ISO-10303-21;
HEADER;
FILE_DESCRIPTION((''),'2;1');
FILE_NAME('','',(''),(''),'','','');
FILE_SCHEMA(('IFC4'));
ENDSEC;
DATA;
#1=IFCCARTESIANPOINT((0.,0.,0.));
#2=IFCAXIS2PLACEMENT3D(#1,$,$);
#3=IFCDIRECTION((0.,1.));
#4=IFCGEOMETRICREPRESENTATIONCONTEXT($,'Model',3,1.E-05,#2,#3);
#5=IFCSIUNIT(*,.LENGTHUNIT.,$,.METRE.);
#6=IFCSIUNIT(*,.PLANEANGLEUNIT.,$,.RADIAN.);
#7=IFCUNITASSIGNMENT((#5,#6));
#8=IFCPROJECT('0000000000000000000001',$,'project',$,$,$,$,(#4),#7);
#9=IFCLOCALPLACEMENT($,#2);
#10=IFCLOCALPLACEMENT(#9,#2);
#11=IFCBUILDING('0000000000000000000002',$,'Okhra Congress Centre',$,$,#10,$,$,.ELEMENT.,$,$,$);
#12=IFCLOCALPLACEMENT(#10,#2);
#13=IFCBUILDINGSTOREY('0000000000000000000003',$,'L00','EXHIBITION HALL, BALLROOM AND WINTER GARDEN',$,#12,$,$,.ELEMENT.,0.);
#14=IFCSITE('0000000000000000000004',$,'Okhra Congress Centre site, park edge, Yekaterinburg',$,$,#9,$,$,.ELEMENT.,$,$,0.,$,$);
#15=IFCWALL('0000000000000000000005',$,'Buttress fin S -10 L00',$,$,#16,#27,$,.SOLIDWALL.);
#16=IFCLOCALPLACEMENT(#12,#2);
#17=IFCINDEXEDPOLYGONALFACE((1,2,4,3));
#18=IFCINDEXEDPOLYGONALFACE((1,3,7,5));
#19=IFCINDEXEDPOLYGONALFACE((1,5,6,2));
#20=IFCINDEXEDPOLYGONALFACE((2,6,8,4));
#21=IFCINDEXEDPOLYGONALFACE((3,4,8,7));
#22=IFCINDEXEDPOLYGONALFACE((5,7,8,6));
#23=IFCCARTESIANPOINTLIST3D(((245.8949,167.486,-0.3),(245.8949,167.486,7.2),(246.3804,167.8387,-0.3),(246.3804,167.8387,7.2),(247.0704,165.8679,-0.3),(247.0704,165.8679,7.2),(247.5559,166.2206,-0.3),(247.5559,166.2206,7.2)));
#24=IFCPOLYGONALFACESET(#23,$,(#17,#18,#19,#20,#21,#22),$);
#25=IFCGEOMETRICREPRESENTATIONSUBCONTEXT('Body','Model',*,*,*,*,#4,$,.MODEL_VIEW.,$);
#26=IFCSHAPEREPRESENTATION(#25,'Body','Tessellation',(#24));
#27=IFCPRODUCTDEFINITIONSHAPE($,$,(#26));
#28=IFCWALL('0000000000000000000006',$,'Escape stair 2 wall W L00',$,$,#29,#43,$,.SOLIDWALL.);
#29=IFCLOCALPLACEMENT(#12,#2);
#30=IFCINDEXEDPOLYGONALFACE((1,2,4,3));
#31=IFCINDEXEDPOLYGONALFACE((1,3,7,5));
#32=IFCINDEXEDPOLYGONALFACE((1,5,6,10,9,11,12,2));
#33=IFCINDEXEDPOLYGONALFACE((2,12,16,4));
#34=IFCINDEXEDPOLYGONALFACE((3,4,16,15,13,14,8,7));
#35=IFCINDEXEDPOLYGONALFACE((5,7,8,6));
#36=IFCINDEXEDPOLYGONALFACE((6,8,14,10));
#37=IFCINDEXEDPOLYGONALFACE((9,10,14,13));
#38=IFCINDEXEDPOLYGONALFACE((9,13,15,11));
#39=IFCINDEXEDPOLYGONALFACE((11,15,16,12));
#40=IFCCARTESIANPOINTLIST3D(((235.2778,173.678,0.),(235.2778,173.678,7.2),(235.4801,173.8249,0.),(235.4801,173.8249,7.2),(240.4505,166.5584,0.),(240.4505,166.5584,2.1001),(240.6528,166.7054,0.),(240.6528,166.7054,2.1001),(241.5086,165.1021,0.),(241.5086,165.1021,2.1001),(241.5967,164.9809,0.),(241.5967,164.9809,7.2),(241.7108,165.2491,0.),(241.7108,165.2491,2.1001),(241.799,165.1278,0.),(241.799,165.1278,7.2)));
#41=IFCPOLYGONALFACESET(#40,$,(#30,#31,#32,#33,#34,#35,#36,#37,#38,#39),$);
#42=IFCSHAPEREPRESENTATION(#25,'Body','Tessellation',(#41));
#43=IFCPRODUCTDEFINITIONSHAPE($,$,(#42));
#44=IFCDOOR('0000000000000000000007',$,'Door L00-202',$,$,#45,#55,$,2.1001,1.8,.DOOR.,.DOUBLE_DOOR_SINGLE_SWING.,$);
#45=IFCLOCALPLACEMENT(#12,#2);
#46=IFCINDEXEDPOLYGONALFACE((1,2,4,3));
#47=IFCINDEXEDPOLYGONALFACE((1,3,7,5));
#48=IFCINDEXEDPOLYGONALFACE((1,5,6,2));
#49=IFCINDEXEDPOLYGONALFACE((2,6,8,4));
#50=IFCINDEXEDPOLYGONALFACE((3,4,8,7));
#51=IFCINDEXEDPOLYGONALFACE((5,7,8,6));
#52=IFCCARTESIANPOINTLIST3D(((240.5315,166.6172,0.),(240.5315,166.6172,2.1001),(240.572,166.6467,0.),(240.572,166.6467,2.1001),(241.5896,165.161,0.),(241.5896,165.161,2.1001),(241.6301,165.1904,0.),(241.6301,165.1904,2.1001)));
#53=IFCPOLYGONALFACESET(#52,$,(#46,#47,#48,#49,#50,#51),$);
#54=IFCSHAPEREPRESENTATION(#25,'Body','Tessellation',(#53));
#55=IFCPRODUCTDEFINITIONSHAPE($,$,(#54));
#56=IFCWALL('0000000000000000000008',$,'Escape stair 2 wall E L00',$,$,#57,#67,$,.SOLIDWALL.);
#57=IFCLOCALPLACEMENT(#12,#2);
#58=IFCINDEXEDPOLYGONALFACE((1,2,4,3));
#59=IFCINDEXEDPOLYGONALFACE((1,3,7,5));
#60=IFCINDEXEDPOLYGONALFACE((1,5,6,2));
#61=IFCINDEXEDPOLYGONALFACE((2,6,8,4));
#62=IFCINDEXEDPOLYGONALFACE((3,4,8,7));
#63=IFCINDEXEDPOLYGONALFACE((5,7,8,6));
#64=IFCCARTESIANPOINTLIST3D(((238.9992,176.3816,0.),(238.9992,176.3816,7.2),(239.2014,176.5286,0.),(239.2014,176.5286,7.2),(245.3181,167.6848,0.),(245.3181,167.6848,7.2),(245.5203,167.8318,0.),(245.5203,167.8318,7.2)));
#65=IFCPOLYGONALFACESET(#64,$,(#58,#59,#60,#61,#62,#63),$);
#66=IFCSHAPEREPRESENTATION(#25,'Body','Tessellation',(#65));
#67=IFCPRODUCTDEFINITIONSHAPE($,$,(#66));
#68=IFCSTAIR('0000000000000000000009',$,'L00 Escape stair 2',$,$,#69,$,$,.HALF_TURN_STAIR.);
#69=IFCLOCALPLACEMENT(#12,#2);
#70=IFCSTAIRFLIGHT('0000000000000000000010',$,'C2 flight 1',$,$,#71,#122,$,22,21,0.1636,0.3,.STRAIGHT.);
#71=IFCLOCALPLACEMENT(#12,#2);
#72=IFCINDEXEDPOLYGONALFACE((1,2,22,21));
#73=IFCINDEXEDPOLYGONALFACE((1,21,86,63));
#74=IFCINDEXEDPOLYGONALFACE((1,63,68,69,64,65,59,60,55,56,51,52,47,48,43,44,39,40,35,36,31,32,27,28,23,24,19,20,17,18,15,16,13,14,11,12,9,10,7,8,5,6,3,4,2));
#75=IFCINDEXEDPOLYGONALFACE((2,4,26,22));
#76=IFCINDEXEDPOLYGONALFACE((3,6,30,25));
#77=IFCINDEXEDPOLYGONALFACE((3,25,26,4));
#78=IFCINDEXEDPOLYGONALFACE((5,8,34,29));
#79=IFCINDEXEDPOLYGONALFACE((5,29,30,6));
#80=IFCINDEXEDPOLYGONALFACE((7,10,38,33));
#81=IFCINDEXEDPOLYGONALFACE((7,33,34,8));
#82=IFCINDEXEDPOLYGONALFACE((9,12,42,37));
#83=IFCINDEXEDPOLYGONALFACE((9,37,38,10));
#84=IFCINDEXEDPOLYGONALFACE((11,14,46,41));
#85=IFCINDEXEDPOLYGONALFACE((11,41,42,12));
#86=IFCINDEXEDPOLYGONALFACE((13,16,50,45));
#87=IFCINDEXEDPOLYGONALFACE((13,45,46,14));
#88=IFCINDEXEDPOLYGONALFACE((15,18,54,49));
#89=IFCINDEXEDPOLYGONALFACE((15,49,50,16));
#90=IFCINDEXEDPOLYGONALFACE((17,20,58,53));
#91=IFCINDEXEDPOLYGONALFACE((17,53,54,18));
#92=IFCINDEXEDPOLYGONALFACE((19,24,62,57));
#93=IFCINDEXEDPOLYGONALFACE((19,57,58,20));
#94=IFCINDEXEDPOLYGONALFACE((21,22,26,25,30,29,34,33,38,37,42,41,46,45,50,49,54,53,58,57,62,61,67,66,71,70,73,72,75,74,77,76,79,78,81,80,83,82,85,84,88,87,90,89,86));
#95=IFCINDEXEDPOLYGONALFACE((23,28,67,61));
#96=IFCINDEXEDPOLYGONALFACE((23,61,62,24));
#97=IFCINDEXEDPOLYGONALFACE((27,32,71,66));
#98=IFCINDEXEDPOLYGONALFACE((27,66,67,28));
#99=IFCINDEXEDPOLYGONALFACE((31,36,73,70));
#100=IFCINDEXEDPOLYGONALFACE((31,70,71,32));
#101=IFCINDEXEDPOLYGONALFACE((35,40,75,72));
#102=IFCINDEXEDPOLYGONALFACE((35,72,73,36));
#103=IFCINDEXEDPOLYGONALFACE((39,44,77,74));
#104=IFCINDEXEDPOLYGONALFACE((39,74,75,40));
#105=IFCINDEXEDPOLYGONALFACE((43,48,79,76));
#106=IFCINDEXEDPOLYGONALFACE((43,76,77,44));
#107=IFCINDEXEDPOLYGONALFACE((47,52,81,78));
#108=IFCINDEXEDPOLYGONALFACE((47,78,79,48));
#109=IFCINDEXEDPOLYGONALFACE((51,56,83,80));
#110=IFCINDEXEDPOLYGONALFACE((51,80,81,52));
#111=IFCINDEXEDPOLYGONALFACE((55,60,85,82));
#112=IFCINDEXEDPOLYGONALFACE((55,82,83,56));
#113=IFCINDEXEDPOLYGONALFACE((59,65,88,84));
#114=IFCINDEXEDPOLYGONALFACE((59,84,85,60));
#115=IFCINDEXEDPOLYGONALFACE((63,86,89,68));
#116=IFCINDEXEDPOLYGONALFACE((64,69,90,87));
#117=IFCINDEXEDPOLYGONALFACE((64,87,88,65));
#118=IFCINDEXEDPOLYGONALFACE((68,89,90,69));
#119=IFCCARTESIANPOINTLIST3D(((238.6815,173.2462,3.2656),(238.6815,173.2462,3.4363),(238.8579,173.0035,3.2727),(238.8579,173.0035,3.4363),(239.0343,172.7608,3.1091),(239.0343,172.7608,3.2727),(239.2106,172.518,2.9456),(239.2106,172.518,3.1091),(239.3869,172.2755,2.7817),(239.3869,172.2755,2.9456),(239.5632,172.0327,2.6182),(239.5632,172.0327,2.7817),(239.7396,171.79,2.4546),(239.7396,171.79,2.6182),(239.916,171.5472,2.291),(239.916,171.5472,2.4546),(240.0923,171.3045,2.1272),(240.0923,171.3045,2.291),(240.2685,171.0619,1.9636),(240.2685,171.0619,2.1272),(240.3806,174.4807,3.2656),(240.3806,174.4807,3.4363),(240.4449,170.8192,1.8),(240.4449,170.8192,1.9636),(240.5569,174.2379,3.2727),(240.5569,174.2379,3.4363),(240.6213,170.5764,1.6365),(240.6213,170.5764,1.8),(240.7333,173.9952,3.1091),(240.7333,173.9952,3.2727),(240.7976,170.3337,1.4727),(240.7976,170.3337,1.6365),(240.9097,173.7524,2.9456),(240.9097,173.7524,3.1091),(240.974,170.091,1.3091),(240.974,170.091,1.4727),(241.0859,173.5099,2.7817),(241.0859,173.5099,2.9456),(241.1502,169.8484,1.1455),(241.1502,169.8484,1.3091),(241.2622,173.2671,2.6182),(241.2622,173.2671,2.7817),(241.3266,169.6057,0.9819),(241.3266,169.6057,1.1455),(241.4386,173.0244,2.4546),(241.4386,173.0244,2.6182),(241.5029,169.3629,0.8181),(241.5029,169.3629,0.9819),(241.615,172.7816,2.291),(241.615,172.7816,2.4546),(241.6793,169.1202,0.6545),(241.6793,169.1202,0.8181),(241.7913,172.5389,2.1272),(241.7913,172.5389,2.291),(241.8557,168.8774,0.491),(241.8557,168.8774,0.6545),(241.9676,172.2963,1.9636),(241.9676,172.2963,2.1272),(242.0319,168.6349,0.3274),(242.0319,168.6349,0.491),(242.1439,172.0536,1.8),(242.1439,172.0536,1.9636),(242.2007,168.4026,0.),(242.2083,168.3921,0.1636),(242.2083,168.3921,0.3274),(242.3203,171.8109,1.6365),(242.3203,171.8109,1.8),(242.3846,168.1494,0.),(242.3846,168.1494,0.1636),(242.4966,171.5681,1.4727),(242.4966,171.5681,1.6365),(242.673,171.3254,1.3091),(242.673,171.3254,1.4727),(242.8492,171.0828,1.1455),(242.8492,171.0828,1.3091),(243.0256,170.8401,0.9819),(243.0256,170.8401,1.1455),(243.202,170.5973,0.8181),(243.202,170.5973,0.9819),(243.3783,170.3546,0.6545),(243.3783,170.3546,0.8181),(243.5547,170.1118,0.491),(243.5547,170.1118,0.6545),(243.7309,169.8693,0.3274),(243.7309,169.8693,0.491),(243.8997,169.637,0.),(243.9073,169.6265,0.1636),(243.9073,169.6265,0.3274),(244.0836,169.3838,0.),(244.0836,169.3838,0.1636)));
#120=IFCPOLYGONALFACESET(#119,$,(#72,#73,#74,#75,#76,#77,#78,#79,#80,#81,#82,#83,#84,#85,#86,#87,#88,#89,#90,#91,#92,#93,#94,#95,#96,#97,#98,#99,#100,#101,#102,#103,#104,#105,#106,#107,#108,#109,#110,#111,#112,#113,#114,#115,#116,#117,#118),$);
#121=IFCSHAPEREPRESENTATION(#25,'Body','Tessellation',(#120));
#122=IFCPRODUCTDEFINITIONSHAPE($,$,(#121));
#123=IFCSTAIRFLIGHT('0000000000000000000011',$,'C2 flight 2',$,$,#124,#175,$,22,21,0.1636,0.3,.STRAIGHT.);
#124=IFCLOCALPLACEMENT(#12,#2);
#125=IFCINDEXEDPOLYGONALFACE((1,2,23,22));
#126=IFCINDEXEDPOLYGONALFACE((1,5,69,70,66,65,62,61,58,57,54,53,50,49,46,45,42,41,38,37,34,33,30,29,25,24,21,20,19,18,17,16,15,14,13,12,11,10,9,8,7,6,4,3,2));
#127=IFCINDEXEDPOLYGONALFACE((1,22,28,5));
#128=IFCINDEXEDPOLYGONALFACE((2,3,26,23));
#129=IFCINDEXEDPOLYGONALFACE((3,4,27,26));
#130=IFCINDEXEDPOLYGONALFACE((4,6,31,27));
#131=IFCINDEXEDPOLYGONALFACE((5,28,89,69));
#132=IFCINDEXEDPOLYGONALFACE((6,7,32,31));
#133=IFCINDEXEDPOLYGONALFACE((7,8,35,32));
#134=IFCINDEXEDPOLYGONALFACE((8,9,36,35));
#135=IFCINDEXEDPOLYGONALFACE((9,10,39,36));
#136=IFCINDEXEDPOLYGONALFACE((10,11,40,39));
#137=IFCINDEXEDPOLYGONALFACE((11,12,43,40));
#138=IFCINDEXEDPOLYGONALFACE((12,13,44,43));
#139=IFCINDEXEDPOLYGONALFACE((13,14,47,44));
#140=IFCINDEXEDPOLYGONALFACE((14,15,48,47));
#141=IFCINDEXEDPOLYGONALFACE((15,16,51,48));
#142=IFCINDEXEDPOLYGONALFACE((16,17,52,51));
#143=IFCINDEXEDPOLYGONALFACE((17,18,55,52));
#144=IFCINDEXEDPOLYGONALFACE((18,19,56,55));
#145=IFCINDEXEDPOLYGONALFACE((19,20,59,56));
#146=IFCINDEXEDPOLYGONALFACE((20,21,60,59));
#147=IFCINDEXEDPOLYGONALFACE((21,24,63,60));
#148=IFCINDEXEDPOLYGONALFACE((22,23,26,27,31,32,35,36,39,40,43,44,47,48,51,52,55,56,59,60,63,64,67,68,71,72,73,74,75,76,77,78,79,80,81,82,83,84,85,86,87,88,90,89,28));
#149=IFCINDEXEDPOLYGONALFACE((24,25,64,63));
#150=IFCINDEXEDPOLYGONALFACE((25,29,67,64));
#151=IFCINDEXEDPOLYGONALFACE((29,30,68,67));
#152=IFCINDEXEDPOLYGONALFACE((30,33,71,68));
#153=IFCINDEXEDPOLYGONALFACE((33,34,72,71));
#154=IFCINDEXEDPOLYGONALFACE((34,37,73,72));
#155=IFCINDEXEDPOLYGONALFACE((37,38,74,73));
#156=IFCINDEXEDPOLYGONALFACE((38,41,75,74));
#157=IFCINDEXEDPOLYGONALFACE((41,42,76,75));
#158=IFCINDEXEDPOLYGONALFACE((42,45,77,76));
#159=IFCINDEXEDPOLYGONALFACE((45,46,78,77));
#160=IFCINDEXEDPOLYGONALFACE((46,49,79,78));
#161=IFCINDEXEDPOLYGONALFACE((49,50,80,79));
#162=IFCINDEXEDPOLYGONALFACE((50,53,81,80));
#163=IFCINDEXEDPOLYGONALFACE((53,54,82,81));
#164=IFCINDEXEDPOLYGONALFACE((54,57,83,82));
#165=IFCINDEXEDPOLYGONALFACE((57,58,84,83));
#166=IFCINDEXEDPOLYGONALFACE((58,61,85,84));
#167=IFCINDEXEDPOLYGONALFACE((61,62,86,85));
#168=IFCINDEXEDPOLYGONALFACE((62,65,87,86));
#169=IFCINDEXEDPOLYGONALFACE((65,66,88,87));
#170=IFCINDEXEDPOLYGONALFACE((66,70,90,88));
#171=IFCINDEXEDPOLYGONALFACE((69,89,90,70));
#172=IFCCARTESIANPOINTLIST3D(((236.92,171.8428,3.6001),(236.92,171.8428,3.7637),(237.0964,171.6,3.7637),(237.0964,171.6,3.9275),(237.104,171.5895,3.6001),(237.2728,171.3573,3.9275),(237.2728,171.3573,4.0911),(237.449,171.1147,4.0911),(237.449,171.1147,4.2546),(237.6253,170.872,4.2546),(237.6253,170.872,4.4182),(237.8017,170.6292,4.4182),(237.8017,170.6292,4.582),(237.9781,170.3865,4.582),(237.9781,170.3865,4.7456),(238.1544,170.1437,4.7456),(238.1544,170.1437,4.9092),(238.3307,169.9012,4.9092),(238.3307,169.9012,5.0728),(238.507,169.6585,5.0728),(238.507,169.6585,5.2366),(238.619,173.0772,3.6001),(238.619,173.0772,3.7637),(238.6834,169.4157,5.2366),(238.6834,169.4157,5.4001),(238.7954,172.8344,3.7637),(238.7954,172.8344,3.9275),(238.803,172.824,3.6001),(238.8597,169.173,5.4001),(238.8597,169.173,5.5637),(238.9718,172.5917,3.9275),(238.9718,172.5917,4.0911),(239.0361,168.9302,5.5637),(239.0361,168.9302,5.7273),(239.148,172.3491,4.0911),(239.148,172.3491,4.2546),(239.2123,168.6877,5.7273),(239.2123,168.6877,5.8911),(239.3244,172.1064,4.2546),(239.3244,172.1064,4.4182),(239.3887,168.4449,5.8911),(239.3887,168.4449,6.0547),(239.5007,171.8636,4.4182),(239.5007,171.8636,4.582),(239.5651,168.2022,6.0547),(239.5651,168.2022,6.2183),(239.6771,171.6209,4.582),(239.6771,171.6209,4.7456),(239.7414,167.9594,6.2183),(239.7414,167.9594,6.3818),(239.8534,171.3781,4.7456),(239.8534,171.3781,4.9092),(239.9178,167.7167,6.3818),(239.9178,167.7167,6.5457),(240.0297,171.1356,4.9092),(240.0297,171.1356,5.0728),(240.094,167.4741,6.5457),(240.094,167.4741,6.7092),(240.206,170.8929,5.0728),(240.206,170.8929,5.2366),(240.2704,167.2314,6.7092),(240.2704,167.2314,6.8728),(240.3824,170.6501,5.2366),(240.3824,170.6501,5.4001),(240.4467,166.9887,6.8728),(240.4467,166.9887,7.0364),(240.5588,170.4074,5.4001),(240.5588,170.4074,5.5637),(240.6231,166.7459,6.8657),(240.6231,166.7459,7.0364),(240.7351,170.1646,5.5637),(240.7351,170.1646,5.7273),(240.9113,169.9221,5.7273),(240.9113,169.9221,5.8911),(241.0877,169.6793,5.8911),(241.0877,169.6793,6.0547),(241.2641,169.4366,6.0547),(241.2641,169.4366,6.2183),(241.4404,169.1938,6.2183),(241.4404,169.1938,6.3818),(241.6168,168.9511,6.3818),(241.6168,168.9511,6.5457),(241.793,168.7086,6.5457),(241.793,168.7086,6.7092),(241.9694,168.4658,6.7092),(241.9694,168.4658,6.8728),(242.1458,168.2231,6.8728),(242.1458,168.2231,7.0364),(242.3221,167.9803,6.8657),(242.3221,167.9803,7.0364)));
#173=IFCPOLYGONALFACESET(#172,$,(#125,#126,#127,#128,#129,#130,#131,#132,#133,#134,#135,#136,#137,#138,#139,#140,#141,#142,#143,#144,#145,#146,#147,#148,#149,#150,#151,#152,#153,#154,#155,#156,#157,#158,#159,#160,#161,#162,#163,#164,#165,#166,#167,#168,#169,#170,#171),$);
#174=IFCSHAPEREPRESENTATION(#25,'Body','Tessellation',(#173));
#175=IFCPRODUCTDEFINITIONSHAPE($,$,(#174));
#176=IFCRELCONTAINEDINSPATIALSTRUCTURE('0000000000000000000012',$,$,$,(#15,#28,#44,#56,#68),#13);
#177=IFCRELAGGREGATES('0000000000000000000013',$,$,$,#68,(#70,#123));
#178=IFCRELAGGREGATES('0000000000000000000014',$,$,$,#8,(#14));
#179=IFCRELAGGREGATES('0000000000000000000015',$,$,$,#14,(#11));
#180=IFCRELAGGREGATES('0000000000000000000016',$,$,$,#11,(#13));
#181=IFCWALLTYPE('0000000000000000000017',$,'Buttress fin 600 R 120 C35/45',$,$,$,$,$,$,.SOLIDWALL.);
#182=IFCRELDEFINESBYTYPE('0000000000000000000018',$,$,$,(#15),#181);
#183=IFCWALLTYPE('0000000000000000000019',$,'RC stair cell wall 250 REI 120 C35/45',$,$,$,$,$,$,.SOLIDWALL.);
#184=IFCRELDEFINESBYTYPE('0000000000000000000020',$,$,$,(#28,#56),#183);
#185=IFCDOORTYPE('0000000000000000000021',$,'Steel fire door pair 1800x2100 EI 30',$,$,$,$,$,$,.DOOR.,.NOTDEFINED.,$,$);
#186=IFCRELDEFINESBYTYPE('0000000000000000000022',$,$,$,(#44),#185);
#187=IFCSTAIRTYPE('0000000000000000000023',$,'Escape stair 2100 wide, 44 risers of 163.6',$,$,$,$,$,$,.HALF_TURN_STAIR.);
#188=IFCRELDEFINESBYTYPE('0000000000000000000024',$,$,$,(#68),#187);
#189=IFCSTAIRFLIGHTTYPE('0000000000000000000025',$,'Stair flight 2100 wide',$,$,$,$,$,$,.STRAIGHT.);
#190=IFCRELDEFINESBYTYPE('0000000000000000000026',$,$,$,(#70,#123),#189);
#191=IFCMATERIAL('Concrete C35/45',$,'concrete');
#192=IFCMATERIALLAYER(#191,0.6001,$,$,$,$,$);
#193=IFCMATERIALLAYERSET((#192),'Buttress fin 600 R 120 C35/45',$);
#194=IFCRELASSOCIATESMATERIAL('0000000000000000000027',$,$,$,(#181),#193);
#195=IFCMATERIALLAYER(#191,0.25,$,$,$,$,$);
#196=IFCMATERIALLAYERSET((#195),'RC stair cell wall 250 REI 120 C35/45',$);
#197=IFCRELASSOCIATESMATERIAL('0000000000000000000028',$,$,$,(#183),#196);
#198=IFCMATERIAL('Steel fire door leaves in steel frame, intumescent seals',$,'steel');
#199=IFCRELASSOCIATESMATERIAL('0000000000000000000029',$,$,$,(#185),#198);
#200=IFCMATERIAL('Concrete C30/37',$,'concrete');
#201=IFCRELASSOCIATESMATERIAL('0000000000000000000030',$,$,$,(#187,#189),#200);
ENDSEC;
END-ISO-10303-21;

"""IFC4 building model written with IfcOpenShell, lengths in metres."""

from ifc_helpers import new_model, si_unit, direction, frame, frame_2d, origin, place, context, subcontext, project, spatial, polyline, rectangle, outline, extrude, material, layer, layer_set, type_object, element, fill, aggregate, save


model = new_model("IFC4")

# Units and contexts
model_context = context("Model", 3, precision=1e-05, world=origin(), true_north=direction((0.0, 1.0)))
body_context = subcontext(model_context, "Body", "Model", "MODEL_VIEW")
ifc_project = project(units=[si_unit("LENGTHUNIT", "METRE"), si_unit("PLANEANGLEUNIT", "RADIAN")], contexts=[model_context])

# Site, building, storey
site_placement = place(None, origin())
site = spatial("IfcSite", under=ifc_project, at=site_placement, Name="Okhra Congress Centre site, park edge, Yekaterinburg", CompositionType="ELEMENT", RefElevation=0.0)
building_placement = place(site_placement, origin())
building = spatial("IfcBuilding", under=site, at=building_placement, Name="Okhra Congress Centre", CompositionType="ELEMENT")
storey_placement = place(building_placement, origin())
storey = spatial("IfcBuildingStorey", under=building, at=storey_placement, Name="L00", Description="EXHIBITION HALL, BALLROOM AND WINTER GARDEN", CompositionType="ELEMENT", Elevation=0.0)

# Shared definitions
ifc_material_1 = material(Name="Concrete C30/37", Category="concrete")

# Shared definitions
ifc_material_2 = material(Name="Concrete C35/45", Category="concrete")

# Wall
ifc_layer_1 = layer(ifc_material_2, 0.6001)
ifc_layer_set_1 = layer_set([ifc_layer_1], Name="Buttress fin 600 R 120 C35/45")
wall_type_1 = type_object("IfcWallType", Name="Buttress fin 600 R 120 C35/45", PredefinedType="SOLIDWALL", material=ifc_layer_set_1)
wall_1_placement = place(storey_placement, frame((246.1377, 167.6624, -0.3), z_axis=(0.0, 0.0, 1.0), x_axis=(0.587743, -0.809047, 0.0)))
element("IfcWall", 1, at=wall_1_placement, inside=storey, type_object=wall_type_1, Name="Buttress fin S -10 L00", PredefinedType="SOLIDWALL", context=body_context, shape_type="SweptSolid", body=[
    extrude(rectangle(XDim=2.0, YDim=0.6001, at=frame_2d((1.0, 0.0))), origin(), (0.0, 0.0, 1.0), 7.5),
])

# Wall, opening, door
ifc_layer_2 = layer(ifc_material_2, 0.25)
ifc_layer_set_2 = layer_set([ifc_layer_2], Name="RC stair cell wall 250 REI 120 C35/45")
wall_type_2 = type_object("IfcWallType", Name="RC stair cell wall 250 REI 120 C35/45", PredefinedType="SOLIDWALL", material=ifc_layer_set_2)
wall_2_placement = place(storey_placement, frame((241.6978, 165.0544, 0.0), z_axis=(0.0, 0.0, 1.0), x_axis=(-0.587791, 0.809013, 0.0)))
wall_2 = element("IfcWall", 2, at=wall_2_placement, inside=storey, type_object=wall_type_2, Name="Escape stair 2 wall W L00", PredefinedType="SOLIDWALL", context=body_context, shape_type="SweptSolid", body=[
    extrude(rectangle(XDim=10.7502, YDim=0.25, at=frame_2d((5.375, 0.0))), origin(), (0.0, 0.0, 1.0), 7.2),
])
opening_placement = place(wall_2_placement, frame((0.1499, 0.0, 0.0)))
opening = element("IfcOpeningElement", 3, at=opening_placement, cuts=wall_2, PredefinedType="OPENING", context=body_context, shape_type="SweptSolid", body=[
    extrude(rectangle(XDim=1.8, YDim=2.1001, at=frame_2d((0.8999, 1.05))), frame((0.0, 0.135, 0.0), z_axis=(0.0, -1.0, 0.0), x_axis=(1.0, 0.0, 0.0)), (0.0, 0.0, 1.0), 0.27),
])
ifc_material_3 = material(Name="Steel fire door leaves in steel frame, intumescent seals", Category="steel")
door_type = type_object("IfcDoorType", Name="Steel fire door pair 1800x2100 EI 30", OperationType="NOTDEFINED", PredefinedType="DOOR", material=ifc_material_3)
door_placement = place(opening_placement, origin())
door = element("IfcDoor", 4, at=door_placement, inside=storey, type_object=door_type, Name="Door L00-202", OperationType="DOUBLE_DOOR_SINGLE_SWING", OverallHeight=2.1001, OverallWidth=1.8, PredefinedType="DOOR", context=body_context, shape_type="SweptSolid", body=[
    extrude(rectangle(XDim=1.8, YDim=2.1001, at=frame_2d((0.8999, 1.05))), frame((0.0, 0.0249, 0.0), z_axis=(0.0, -1.0, 0.0), x_axis=(1.0, 0.0, 0.0)), (0.0, 0.0, 1.0), 0.05),
])
fill(opening, door)

# Wall
wall_3_placement = place(storey_placement, frame((245.4192, 167.7583, 0.0), z_axis=(0.0, 0.0, 1.0), x_axis=(-0.587802, 0.809005, 0.0)))
element("IfcWall", 5, at=wall_3_placement, inside=storey, type_object=wall_type_2, Name="Escape stair 2 wall E L00", PredefinedType="SOLIDWALL", context=body_context, shape_type="SweptSolid", body=[
    extrude(rectangle(XDim=10.75, YDim=0.25, at=frame_2d((5.375, 0.0))), origin(), (0.0, 0.0, 1.0), 7.2),
])

# Stair, stair flights
stair_type = type_object("IfcStairType", Name="Escape stair 2100 wide, 44 risers of 163.6", PredefinedType="HALF_TURN_STAIR", material=ifc_material_1)
stair_placement = place(storey_placement, origin())
stair = element("IfcStair", 6, at=stair_placement, inside=storey, type_object=stair_type, Name="L00 Escape stair 2", PredefinedType="HALF_TURN_STAIR")
stair_flight_type = type_object("IfcStairFlightType", Name="Stair flight 2100 wide", PredefinedType="STRAIGHT", material=ifc_material_1)
stair_flight_1_placement = place(storey_placement, frame((243.2341, 168.7666, 0.0), z_axis=(0.0, 0.0, 1.0), x_axis=(-0.587785, 0.809017, 0.0)))
stair_flight_1 = element("IfcStairFlight", 7, at=stair_flight_1_placement, type_object=stair_flight_type, Name="C2 flight 1", NumberOfRisers=22, NumberOfTreads=21, PredefinedType="STRAIGHT", RiserHeight=0.1636, TreadLength=0.3, context=body_context, shape_type="SweptSolid", body=[
    extrude(outline(polyline([(0.0, 0.0), (0.0, 0.1636), (0.3, 0.1636), (0.3, 0.3274), (0.6001, 0.3274), (0.6001, 0.491), (0.8999, 0.491), (0.8999, 0.6545), (1.2, 0.6545), (1.2, 0.8181), (1.5, 0.8181), (1.5, 0.9819), (1.8, 0.9819), (1.8, 1.1455), (2.1001, 1.1455), (2.1001, 1.3091), (2.3999, 1.3091), (2.3999, 1.4727), (2.7, 1.4727), (2.7, 1.6365), (3.0, 1.6365), (3.0, 1.8), (3.3, 1.8), (3.3, 1.9636), (3.6001, 1.9636), (3.6001, 2.1272), (3.8999, 2.1272), (3.8999, 2.291), (4.2, 2.291), (4.2, 2.4546), (4.5, 2.4546), (4.5, 2.6182), (4.8, 2.6182), (4.8, 2.7817), (5.1001, 2.7817), (5.1001, 2.9456), (5.3999, 2.9456), (5.3999, 3.1091), (5.7, 3.1091), (5.7, 3.2727), (6.0, 3.2727), (6.0, 3.4363), (6.3, 3.4363), (6.3, 3.6001), (6.3, 3.2656), (0.313, 0.0), (0.0, 0.0)])), frame((0.0, 1.05, 0.0), z_axis=(0.0, -1.0, 0.0), x_axis=(1.0, 0.0, 0.0)), (0.0, 0.0, 1.0), 2.1001),
])
stair_flight_2_placement = place(storey_placement, frame((237.7695, 172.46, 3.6001), z_axis=(0.0, 0.0, 1.0), x_axis=(0.587785, -0.809017, 0.0)))
stair_flight_2 = element("IfcStairFlight", 8, at=stair_flight_2_placement, type_object=stair_flight_type, Name="C2 flight 2", NumberOfRisers=22, NumberOfTreads=21, PredefinedType="STRAIGHT", RiserHeight=0.1636, TreadLength=0.3, context=body_context, shape_type="SweptSolid", body=[
    extrude(outline(polyline([(0.0, 0.0), (0.0, 0.1636), (0.3, 0.1636), (0.3, 0.3274), (0.6001, 0.3274), (0.6001, 0.491), (0.8999, 0.491), (0.8999, 0.6545), (1.2, 0.6545), (1.2, 0.8181), (1.5, 0.8181), (1.5, 0.9819), (1.8, 0.9819), (1.8, 1.1455), (2.1001, 1.1455), (2.1001, 1.3091), (2.3999, 1.3091), (2.3999, 1.4727), (2.7, 1.4727), (2.7, 1.6365), (3.0, 1.6365), (3.0, 1.8), (3.3, 1.8), (3.3, 1.9636), (3.6001, 1.9636), (3.6001, 2.1272), (3.8999, 2.1272), (3.8999, 2.291), (4.2, 2.291), (4.2, 2.4546), (4.5, 2.4546), (4.5, 2.6182), (4.8, 2.6182), (4.8, 2.7817), (5.1001, 2.7817), (5.1001, 2.9456), (5.3999, 2.9456), (5.3999, 3.1091), (5.7, 3.1091), (5.7, 3.2727), (6.0, 3.2727), (6.0, 3.4363), (6.3, 3.4363), (6.3, 3.6001), (6.3, 3.2656), (0.313, 0.0), (0.0, 0.0)])), frame((0.0, 1.05, 0.0), z_axis=(0.0, -1.0, 0.0), x_axis=(1.0, 0.0, 0.0)), (0.0, 0.0, 1.0), 2.1001),
])
aggregate(stair, [stair_flight_1, stair_flight_2])

save(model, "model.ifc")
